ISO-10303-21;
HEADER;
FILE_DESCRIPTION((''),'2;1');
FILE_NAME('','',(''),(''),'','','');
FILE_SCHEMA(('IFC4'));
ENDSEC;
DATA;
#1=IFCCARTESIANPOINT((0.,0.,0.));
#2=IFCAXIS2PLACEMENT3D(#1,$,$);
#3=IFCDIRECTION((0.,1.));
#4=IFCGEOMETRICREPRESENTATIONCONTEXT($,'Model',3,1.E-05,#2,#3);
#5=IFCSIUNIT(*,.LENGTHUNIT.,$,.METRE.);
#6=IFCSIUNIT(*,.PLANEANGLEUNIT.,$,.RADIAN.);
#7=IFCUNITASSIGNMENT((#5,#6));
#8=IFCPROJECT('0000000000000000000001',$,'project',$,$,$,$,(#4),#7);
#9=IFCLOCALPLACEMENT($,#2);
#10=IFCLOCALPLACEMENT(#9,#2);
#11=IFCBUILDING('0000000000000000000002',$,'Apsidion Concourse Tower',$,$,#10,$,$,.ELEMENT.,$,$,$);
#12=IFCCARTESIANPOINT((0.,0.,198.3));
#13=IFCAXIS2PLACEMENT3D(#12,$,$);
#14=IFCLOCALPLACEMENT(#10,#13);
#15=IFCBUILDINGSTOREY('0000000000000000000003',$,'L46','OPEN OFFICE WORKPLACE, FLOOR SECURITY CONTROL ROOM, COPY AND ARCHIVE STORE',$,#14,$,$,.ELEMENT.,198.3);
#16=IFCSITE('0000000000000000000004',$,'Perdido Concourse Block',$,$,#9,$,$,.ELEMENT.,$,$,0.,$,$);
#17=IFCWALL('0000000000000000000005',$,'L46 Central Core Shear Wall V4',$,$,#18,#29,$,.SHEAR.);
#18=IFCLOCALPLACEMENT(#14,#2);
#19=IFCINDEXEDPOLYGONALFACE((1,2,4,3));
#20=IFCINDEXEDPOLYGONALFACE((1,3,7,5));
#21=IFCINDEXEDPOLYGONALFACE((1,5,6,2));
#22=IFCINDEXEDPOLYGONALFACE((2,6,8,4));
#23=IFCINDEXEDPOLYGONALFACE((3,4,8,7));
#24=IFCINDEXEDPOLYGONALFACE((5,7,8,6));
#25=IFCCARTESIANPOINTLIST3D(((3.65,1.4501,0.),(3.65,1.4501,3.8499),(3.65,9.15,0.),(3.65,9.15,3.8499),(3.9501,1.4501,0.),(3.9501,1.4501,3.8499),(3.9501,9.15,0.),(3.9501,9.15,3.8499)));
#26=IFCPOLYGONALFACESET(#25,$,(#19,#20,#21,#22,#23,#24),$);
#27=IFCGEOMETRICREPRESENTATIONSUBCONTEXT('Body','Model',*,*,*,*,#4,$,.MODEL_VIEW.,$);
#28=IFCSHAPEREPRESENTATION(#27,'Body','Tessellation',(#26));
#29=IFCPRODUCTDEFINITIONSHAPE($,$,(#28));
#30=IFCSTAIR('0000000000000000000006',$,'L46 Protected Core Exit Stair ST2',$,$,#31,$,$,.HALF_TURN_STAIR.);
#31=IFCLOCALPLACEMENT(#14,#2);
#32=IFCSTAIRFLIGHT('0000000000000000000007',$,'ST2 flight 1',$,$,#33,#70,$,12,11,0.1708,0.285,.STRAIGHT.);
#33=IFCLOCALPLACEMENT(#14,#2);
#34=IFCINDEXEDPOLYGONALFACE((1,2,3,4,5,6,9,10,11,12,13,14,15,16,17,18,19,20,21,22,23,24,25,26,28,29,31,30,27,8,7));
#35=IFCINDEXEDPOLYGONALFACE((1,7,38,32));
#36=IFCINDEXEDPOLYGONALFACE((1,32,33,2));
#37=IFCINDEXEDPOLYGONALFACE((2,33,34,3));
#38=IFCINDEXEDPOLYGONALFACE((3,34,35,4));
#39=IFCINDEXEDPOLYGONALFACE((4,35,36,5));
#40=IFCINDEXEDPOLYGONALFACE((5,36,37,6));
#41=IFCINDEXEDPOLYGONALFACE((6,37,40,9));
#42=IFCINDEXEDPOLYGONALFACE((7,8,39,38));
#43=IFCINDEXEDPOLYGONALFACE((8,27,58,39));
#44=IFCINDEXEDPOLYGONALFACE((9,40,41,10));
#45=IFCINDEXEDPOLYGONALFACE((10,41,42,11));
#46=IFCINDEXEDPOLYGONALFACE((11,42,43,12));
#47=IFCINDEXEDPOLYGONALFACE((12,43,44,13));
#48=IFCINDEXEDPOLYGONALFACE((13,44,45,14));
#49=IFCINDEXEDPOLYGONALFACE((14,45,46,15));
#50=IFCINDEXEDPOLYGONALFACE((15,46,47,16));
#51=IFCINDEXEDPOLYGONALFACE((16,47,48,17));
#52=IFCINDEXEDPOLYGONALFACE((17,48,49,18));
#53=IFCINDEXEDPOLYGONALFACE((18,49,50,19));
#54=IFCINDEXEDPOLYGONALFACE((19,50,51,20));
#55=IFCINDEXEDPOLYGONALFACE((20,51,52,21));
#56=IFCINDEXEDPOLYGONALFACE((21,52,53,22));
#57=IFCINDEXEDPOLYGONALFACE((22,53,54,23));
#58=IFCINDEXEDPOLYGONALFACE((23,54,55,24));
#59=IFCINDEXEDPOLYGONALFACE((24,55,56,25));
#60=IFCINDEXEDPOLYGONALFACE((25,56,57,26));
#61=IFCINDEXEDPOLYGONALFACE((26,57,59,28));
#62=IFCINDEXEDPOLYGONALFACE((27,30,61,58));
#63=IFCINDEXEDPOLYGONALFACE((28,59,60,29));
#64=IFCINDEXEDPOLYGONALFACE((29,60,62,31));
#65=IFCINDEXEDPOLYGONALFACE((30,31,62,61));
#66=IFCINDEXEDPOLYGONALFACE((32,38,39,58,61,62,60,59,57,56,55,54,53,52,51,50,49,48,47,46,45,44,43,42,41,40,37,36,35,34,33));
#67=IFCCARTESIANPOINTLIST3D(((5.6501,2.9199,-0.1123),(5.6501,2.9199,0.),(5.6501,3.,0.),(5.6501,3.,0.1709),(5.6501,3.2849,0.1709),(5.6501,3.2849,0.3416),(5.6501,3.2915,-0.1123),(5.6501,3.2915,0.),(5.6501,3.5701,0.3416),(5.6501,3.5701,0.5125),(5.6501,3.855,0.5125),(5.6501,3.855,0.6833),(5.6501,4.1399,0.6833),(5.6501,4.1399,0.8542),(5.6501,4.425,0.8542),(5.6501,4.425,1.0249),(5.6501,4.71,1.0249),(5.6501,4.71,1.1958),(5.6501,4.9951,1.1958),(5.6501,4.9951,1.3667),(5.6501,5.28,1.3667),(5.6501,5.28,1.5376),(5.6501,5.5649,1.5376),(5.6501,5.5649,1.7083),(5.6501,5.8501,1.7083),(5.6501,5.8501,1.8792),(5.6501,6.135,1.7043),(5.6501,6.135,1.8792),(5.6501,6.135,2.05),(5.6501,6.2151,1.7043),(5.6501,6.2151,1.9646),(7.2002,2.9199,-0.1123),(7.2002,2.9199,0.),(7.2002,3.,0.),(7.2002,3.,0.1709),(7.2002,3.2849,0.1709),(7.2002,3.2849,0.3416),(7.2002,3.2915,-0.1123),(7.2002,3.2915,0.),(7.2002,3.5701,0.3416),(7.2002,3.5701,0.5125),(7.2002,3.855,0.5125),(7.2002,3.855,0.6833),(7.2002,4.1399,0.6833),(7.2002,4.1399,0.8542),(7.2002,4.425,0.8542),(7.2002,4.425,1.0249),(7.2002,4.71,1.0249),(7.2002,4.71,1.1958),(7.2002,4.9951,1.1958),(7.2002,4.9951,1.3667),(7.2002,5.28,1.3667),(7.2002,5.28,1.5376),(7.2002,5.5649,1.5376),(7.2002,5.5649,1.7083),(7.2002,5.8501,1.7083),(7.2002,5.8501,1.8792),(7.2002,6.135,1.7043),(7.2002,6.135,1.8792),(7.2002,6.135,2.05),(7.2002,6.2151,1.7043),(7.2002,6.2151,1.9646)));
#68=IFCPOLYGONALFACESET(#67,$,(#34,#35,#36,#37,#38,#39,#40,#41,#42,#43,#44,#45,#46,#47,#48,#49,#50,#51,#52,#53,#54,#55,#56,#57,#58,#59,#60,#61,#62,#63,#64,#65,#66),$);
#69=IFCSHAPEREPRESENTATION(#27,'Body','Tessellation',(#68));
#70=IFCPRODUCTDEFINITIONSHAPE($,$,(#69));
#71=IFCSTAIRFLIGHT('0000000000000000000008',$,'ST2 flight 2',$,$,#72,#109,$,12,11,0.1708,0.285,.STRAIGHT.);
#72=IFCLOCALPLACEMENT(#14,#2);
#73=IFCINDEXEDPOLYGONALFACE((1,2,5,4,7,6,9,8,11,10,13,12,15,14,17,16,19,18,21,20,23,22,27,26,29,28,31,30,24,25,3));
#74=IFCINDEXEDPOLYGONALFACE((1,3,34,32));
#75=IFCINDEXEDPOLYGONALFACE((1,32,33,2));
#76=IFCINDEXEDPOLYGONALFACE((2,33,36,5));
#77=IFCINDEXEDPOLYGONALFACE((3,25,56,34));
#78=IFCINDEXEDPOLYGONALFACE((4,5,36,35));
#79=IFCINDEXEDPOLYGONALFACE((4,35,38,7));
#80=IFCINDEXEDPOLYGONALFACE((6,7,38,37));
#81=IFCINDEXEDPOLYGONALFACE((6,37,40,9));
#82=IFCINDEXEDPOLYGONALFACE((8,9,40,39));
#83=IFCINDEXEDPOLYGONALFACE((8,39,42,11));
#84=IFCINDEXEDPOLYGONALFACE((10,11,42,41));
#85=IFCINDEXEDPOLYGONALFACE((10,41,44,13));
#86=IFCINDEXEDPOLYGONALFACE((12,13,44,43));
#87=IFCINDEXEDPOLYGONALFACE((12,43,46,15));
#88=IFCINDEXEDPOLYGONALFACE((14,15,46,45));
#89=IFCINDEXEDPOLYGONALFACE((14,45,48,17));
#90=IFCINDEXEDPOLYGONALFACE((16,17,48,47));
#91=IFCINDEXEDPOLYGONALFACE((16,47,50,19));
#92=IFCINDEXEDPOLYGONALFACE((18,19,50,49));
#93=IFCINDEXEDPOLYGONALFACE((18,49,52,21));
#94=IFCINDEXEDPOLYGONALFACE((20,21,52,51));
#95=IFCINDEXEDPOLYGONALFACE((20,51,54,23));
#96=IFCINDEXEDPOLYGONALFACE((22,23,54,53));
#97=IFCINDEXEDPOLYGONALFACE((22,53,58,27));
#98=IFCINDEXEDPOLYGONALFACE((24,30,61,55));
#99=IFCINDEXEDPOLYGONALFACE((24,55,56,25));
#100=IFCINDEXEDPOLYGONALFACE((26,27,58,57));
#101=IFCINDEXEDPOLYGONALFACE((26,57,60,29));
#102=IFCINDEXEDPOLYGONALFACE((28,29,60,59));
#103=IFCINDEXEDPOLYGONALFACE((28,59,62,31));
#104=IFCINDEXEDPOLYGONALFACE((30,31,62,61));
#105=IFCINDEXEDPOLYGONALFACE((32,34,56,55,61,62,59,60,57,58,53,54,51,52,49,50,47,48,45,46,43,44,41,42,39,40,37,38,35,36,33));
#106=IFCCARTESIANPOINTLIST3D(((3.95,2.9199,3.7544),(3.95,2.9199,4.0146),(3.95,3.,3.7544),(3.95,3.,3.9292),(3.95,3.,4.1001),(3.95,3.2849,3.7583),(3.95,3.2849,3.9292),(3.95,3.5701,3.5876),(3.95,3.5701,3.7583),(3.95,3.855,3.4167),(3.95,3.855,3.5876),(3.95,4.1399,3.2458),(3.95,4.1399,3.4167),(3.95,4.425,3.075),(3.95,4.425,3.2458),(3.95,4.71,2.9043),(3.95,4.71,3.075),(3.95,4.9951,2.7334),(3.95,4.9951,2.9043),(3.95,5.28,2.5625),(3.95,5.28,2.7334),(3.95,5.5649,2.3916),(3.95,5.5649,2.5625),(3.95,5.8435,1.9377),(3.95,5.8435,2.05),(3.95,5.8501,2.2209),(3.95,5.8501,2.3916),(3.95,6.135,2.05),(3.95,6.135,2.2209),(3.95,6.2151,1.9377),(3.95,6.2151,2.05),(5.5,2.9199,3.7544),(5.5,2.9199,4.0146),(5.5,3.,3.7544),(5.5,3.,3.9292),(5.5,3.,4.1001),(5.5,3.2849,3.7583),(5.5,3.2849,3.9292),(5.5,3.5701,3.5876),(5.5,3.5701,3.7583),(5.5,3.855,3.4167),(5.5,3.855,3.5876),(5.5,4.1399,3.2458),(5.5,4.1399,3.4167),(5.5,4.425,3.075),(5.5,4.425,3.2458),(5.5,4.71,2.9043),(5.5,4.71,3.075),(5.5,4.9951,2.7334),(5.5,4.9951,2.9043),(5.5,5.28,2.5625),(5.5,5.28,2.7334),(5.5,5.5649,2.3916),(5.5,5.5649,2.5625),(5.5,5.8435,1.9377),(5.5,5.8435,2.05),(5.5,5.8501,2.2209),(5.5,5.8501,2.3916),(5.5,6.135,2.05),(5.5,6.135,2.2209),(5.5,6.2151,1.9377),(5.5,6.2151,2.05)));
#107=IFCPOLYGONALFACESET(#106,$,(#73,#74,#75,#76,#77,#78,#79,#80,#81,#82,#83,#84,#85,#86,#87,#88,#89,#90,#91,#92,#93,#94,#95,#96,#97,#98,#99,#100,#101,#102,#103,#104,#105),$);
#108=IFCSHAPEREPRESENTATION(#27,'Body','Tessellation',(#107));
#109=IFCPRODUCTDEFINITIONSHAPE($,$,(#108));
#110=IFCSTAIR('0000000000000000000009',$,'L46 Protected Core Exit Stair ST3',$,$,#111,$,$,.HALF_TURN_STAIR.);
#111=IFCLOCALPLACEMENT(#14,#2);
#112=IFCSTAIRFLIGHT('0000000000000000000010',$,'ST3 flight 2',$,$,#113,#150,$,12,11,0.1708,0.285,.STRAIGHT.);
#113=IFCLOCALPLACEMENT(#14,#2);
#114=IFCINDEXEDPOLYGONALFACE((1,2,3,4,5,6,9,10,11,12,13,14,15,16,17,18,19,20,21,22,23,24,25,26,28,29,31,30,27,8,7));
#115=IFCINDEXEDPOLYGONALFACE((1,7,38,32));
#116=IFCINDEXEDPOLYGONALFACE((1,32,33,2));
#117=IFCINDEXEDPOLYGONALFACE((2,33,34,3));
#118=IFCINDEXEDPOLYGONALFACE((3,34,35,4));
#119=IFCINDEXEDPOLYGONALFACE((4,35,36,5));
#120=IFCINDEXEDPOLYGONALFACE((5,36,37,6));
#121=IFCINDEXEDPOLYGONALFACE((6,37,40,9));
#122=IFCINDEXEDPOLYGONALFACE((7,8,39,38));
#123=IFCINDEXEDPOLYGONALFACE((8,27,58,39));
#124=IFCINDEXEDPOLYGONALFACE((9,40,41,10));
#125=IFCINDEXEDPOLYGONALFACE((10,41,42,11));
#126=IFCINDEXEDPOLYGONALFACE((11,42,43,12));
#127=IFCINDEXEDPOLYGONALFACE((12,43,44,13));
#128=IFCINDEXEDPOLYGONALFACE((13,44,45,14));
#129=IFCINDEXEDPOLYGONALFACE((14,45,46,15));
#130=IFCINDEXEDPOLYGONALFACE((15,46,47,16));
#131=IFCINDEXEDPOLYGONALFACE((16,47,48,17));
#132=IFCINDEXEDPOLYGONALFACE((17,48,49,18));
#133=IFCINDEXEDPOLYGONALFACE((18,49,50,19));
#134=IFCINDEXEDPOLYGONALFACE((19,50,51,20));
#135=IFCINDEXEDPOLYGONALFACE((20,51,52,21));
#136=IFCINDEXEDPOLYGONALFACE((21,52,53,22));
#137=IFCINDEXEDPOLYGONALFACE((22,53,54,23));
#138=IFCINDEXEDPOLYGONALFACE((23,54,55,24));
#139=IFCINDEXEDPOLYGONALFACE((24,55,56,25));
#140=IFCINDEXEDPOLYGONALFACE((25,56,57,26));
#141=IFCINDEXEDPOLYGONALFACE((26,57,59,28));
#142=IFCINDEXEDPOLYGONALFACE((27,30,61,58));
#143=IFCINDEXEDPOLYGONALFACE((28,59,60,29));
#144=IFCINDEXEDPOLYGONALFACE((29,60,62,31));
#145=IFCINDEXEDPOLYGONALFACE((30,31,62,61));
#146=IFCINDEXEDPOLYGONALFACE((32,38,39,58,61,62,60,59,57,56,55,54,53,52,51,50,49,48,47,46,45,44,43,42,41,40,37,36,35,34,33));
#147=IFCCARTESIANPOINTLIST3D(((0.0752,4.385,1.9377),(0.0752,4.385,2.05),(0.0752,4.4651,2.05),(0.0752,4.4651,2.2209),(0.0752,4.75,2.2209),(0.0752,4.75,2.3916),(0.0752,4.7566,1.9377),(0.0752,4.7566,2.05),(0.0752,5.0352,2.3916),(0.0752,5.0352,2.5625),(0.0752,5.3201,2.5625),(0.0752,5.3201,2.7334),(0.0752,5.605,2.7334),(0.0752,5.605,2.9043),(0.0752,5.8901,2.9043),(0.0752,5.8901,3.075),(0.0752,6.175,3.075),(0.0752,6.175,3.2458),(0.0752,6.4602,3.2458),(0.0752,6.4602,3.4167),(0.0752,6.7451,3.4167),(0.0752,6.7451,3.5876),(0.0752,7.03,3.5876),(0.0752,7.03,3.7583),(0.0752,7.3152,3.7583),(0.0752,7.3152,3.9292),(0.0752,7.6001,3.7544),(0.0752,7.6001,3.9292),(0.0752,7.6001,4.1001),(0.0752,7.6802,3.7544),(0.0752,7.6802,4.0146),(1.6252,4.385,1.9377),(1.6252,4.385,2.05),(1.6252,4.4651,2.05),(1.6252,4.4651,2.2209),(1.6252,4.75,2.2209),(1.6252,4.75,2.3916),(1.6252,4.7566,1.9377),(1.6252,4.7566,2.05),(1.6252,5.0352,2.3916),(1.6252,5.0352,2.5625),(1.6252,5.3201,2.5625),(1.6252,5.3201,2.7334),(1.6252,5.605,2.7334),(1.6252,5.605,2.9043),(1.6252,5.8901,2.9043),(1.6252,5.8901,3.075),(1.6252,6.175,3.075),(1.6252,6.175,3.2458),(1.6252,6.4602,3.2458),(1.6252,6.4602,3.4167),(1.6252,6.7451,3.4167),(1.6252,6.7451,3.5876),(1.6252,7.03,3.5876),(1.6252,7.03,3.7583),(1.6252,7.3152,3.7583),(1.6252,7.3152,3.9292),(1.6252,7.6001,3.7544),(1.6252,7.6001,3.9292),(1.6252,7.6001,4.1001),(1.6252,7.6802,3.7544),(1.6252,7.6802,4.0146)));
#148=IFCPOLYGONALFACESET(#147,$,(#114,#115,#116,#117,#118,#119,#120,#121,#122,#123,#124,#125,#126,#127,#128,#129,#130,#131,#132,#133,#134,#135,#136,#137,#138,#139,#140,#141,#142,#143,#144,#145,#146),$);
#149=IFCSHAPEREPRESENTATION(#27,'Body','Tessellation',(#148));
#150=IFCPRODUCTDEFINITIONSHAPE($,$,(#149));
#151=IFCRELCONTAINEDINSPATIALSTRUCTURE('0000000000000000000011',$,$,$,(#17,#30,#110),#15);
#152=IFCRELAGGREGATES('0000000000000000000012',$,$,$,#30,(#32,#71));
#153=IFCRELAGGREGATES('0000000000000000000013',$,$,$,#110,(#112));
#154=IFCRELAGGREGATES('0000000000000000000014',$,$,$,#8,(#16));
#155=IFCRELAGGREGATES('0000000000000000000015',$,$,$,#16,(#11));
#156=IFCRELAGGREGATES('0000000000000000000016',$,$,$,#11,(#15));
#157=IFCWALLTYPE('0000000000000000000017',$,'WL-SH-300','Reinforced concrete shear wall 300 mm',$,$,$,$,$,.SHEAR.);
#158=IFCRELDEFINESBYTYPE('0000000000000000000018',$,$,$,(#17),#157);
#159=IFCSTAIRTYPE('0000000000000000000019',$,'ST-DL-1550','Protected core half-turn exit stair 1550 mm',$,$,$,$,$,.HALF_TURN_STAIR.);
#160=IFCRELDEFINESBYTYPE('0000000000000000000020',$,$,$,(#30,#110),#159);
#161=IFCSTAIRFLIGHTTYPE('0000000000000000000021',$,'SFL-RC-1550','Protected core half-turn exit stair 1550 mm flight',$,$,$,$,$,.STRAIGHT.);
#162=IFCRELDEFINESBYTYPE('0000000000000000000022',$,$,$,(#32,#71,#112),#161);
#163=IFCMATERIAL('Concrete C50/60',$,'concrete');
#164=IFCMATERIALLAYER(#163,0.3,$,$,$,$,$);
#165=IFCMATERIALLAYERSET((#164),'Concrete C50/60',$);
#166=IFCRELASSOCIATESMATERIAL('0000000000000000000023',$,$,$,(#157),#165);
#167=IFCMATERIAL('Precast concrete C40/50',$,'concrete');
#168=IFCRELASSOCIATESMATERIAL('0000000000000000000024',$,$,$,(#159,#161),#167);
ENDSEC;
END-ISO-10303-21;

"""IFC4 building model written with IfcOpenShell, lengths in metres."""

from ifc_helpers import new_model, si_unit, direction, frame, frame_2d, origin, place, context, subcontext, project, spatial, polyline, rectangle, outline, extrude, material, layer, layer_set, type_object, element, aggregate, save


model = new_model("IFC4")

# Units and contexts
model_context = context("Model", 3, precision=1e-05, world=origin(), true_north=direction((0.0, 1.0)))
body_context = subcontext(model_context, "Body", "Model", "MODEL_VIEW")
ifc_project = project(units=[si_unit("LENGTHUNIT", "METRE"), si_unit("PLANEANGLEUNIT", "RADIAN")], contexts=[model_context])

# Site, building, storey
site_placement = place(None, origin())
site = spatial("IfcSite", under=ifc_project, at=site_placement, Name="Perdido Concourse Block", CompositionType="ELEMENT", RefElevation=0.0)
building_placement = place(site_placement, origin())
building = spatial("IfcBuilding", under=site, at=building_placement, Name="Apsidion Concourse Tower", CompositionType="ELEMENT")
storey_placement = place(building_placement, frame((0.0, 0.0, 198.3)))
storey = spatial("IfcBuildingStorey", under=building, at=storey_placement, Name="L46", Description="OPEN OFFICE WORKPLACE, FLOOR SECURITY CONTROL ROOM, COPY AND ARCHIVE STORE", CompositionType="ELEMENT", Elevation=198.3)

# Shared definitions
ifc_material_1 = material(Name="Concrete C50/60", Category="concrete")

# Wall
ifc_layer_1 = layer(ifc_material_1, 0.3)
ifc_layer_set_1 = layer_set([ifc_layer_1], Name="Concrete C50/60")
wall_type_1 = type_object("IfcWallType", Name="WL-SH-300", Description="Reinforced concrete shear wall 300 mm", PredefinedType="SHEAR", material=ifc_layer_set_1)
for number, where, z_axis, x_axis, name in (
    (1, (3.8, 1.45, 0.0), (0.0, 0.0, 1.0), (0.0, 1.0, 0.0), "L46 Central Core Shear Wall V4"),
):
    element("IfcWall", number, at=place(storey_placement, frame(where, z_axis=z_axis, x_axis=x_axis)), inside=storey, type_object=wall_type_1, Name=name, PredefinedType="SHEAR", context=body_context, shape_type="SweptSolid", body=[
        extrude(rectangle(XDim=7.7, YDim=0.3, at=frame_2d((3.8501, 0.0))), origin(), (0.0, 0.0, 1.0), 3.8499),
    ])

# Stair, stair flights
ifc_material_2 = material(Name="Precast concrete C40/50", Category="concrete")
stair_type = type_object("IfcStairType", Name="ST-DL-1550", Description="Protected core half-turn exit stair 1550 mm", PredefinedType="HALF_TURN_STAIR", material=ifc_material_2)
stair_1_placement = place(storey_placement, origin())
stair_1 = element("IfcStair", 2, at=stair_1_placement, inside=storey, type_object=stair_type, Name="L46 Protected Core Exit Stair ST2", PredefinedType="HALF_TURN_STAIR")
stair_flight_type = type_object("IfcStairFlightType", Name="SFL-RC-1550", Description="Protected core half-turn exit stair 1550 mm flight", PredefinedType="STRAIGHT", material=ifc_material_2)
stair_flight_1_placement = place(storey_placement, frame((6.425, 3.0, 0.0), z_axis=(0.0, 0.0, 1.0), x_axis=(0.0, 1.0, 0.0)))
stair_flight_1 = element("IfcStairFlight", 3, at=stair_flight_1_placement, type_object=stair_flight_type, Name="ST2 flight 1", NumberOfRisers=12, NumberOfTreads=11, PredefinedType="STRAIGHT", RiserHeight=0.1708, TreadLength=0.285, context=body_context, shape_type="SweptSolid", body=[
    extrude(outline(polyline([(-0.0801, -0.1123), (-0.0801, 0.0), (0.0, 0.0), (0.0, 0.1709), (0.2849, 0.1709), (0.2849, 0.3416), (0.5701, 0.3416), (0.5701, 0.5125), (0.855, 0.5125), (0.855, 0.6833), (1.1399, 0.6833), (1.1399, 0.8542), (1.425, 0.8542), (1.425, 1.0249), (1.71, 1.0249), (1.71, 1.1958), (1.9951, 1.1958), (1.9951, 1.3667), (2.28, 1.3667), (2.28, 1.5376), (2.5649, 1.5376), (2.5649, 1.7083), (2.8501, 1.7083), (2.8501, 1.8792), (3.135, 1.8792), (3.135, 2.05), (3.2151, 1.9646), (3.2151, 1.7043), (3.135, 1.7043), (0.2915, 0.0), (0.2915, -0.1123), (-0.0801, -0.1123)])), frame((0.0, 0.7749, 0.0), z_axis=(0.0, -1.0, 0.0), x_axis=(1.0, 0.0, 0.0)), (0.0, 0.0, 1.0), 1.55),
])
stair_flight_2_placement = place(storey_placement, frame((4.7251, 6.135, 2.05), z_axis=(0.0, 0.0, 1.0), x_axis=(0.0, -1.0, 0.0)))
stair_flight_2 = element("IfcStairFlight", 4, at=stair_flight_2_placement, type_object=stair_flight_type, Name="ST2 flight 2", NumberOfRisers=12, NumberOfTreads=11, PredefinedType="STRAIGHT", RiserHeight=0.1708, TreadLength=0.285, context=body_context, shape_type="SweptSolid", body=[
    extrude(outline(polyline([(-0.0801, -0.1123), (-0.0801, 0.0), (0.0, 0.0), (0.0, 0.1709), (0.2849, 0.1709), (0.2849, 0.3416), (0.5701, 0.3416), (0.5701, 0.5125), (0.855, 0.5125), (0.855, 0.6833), (1.1399, 0.6833), (1.1399, 0.8542), (1.425, 0.8542), (1.425, 1.0249), (1.71, 1.0249), (1.71, 1.1958), (1.9951, 1.1958), (1.9951, 1.3667), (2.28, 1.3667), (2.28, 1.5376), (2.5649, 1.5376), (2.5649, 1.7083), (2.8501, 1.7083), (2.8501, 1.8792), (3.135, 1.8792), (3.135, 2.05), (3.2151, 1.9646), (3.2151, 1.7043), (3.135, 1.7043), (0.2915, 0.0), (0.2915, -0.1123), (-0.0801, -0.1123)])), frame((0.0, 0.7749, 0.0), z_axis=(0.0, -1.0, 0.0), x_axis=(1.0, 0.0, 0.0)), (0.0, 0.0, 1.0), 1.55),
])
aggregate(stair_1, [stair_flight_1, stair_flight_2])

# Stair, stair flight
stair_2_placement = place(storey_placement, origin())
stair_2 = element("IfcStair", 5, at=stair_2_placement, inside=storey, type_object=stair_type, Name="L46 Protected Core Exit Stair ST3", PredefinedType="HALF_TURN_STAIR")
stair_flight_3_placement = place(storey_placement, frame((0.8501, 4.4651, 2.05), z_axis=(0.0, 0.0, 1.0), x_axis=(0.0, 1.0, 0.0)))
stair_flight_3 = element("IfcStairFlight", 6, at=stair_flight_3_placement, type_object=stair_flight_type, Name="ST3 flight 2", NumberOfRisers=12, NumberOfTreads=11, PredefinedType="STRAIGHT", RiserHeight=0.1708, TreadLength=0.285, context=body_context, shape_type="SweptSolid", body=[
    extrude(outline(polyline([(-0.0801, -0.1123), (-0.0801, 0.0), (0.0, 0.0), (0.0, 0.1709), (0.2849, 0.1709), (0.2849, 0.3416), (0.5701, 0.3416), (0.5701, 0.5125), (0.855, 0.5125), (0.855, 0.6833), (1.1399, 0.6833), (1.1399, 0.8542), (1.425, 0.8542), (1.425, 1.0249), (1.71, 1.0249), (1.71, 1.1958), (1.9951, 1.1958), (1.9951, 1.3667), (2.28, 1.3667), (2.28, 1.5376), (2.5649, 1.5376), (2.5649, 1.7083), (2.8501, 1.7083), (2.8501, 1.8792), (3.135, 1.8792), (3.135, 2.05), (3.2151, 1.9646), (3.2151, 1.7043), (3.135, 1.7043), (0.2915, 0.0), (0.2915, -0.1123), (-0.0801, -0.1123)])), frame((0.0, 0.7749, 0.0), z_axis=(0.0, -1.0, 0.0), x_axis=(1.0, 0.0, 0.0)), (0.0, 0.0, 1.0), 1.55),
])
aggregate(stair_2, [stair_flight_3])

save(model, "model.ifc")
